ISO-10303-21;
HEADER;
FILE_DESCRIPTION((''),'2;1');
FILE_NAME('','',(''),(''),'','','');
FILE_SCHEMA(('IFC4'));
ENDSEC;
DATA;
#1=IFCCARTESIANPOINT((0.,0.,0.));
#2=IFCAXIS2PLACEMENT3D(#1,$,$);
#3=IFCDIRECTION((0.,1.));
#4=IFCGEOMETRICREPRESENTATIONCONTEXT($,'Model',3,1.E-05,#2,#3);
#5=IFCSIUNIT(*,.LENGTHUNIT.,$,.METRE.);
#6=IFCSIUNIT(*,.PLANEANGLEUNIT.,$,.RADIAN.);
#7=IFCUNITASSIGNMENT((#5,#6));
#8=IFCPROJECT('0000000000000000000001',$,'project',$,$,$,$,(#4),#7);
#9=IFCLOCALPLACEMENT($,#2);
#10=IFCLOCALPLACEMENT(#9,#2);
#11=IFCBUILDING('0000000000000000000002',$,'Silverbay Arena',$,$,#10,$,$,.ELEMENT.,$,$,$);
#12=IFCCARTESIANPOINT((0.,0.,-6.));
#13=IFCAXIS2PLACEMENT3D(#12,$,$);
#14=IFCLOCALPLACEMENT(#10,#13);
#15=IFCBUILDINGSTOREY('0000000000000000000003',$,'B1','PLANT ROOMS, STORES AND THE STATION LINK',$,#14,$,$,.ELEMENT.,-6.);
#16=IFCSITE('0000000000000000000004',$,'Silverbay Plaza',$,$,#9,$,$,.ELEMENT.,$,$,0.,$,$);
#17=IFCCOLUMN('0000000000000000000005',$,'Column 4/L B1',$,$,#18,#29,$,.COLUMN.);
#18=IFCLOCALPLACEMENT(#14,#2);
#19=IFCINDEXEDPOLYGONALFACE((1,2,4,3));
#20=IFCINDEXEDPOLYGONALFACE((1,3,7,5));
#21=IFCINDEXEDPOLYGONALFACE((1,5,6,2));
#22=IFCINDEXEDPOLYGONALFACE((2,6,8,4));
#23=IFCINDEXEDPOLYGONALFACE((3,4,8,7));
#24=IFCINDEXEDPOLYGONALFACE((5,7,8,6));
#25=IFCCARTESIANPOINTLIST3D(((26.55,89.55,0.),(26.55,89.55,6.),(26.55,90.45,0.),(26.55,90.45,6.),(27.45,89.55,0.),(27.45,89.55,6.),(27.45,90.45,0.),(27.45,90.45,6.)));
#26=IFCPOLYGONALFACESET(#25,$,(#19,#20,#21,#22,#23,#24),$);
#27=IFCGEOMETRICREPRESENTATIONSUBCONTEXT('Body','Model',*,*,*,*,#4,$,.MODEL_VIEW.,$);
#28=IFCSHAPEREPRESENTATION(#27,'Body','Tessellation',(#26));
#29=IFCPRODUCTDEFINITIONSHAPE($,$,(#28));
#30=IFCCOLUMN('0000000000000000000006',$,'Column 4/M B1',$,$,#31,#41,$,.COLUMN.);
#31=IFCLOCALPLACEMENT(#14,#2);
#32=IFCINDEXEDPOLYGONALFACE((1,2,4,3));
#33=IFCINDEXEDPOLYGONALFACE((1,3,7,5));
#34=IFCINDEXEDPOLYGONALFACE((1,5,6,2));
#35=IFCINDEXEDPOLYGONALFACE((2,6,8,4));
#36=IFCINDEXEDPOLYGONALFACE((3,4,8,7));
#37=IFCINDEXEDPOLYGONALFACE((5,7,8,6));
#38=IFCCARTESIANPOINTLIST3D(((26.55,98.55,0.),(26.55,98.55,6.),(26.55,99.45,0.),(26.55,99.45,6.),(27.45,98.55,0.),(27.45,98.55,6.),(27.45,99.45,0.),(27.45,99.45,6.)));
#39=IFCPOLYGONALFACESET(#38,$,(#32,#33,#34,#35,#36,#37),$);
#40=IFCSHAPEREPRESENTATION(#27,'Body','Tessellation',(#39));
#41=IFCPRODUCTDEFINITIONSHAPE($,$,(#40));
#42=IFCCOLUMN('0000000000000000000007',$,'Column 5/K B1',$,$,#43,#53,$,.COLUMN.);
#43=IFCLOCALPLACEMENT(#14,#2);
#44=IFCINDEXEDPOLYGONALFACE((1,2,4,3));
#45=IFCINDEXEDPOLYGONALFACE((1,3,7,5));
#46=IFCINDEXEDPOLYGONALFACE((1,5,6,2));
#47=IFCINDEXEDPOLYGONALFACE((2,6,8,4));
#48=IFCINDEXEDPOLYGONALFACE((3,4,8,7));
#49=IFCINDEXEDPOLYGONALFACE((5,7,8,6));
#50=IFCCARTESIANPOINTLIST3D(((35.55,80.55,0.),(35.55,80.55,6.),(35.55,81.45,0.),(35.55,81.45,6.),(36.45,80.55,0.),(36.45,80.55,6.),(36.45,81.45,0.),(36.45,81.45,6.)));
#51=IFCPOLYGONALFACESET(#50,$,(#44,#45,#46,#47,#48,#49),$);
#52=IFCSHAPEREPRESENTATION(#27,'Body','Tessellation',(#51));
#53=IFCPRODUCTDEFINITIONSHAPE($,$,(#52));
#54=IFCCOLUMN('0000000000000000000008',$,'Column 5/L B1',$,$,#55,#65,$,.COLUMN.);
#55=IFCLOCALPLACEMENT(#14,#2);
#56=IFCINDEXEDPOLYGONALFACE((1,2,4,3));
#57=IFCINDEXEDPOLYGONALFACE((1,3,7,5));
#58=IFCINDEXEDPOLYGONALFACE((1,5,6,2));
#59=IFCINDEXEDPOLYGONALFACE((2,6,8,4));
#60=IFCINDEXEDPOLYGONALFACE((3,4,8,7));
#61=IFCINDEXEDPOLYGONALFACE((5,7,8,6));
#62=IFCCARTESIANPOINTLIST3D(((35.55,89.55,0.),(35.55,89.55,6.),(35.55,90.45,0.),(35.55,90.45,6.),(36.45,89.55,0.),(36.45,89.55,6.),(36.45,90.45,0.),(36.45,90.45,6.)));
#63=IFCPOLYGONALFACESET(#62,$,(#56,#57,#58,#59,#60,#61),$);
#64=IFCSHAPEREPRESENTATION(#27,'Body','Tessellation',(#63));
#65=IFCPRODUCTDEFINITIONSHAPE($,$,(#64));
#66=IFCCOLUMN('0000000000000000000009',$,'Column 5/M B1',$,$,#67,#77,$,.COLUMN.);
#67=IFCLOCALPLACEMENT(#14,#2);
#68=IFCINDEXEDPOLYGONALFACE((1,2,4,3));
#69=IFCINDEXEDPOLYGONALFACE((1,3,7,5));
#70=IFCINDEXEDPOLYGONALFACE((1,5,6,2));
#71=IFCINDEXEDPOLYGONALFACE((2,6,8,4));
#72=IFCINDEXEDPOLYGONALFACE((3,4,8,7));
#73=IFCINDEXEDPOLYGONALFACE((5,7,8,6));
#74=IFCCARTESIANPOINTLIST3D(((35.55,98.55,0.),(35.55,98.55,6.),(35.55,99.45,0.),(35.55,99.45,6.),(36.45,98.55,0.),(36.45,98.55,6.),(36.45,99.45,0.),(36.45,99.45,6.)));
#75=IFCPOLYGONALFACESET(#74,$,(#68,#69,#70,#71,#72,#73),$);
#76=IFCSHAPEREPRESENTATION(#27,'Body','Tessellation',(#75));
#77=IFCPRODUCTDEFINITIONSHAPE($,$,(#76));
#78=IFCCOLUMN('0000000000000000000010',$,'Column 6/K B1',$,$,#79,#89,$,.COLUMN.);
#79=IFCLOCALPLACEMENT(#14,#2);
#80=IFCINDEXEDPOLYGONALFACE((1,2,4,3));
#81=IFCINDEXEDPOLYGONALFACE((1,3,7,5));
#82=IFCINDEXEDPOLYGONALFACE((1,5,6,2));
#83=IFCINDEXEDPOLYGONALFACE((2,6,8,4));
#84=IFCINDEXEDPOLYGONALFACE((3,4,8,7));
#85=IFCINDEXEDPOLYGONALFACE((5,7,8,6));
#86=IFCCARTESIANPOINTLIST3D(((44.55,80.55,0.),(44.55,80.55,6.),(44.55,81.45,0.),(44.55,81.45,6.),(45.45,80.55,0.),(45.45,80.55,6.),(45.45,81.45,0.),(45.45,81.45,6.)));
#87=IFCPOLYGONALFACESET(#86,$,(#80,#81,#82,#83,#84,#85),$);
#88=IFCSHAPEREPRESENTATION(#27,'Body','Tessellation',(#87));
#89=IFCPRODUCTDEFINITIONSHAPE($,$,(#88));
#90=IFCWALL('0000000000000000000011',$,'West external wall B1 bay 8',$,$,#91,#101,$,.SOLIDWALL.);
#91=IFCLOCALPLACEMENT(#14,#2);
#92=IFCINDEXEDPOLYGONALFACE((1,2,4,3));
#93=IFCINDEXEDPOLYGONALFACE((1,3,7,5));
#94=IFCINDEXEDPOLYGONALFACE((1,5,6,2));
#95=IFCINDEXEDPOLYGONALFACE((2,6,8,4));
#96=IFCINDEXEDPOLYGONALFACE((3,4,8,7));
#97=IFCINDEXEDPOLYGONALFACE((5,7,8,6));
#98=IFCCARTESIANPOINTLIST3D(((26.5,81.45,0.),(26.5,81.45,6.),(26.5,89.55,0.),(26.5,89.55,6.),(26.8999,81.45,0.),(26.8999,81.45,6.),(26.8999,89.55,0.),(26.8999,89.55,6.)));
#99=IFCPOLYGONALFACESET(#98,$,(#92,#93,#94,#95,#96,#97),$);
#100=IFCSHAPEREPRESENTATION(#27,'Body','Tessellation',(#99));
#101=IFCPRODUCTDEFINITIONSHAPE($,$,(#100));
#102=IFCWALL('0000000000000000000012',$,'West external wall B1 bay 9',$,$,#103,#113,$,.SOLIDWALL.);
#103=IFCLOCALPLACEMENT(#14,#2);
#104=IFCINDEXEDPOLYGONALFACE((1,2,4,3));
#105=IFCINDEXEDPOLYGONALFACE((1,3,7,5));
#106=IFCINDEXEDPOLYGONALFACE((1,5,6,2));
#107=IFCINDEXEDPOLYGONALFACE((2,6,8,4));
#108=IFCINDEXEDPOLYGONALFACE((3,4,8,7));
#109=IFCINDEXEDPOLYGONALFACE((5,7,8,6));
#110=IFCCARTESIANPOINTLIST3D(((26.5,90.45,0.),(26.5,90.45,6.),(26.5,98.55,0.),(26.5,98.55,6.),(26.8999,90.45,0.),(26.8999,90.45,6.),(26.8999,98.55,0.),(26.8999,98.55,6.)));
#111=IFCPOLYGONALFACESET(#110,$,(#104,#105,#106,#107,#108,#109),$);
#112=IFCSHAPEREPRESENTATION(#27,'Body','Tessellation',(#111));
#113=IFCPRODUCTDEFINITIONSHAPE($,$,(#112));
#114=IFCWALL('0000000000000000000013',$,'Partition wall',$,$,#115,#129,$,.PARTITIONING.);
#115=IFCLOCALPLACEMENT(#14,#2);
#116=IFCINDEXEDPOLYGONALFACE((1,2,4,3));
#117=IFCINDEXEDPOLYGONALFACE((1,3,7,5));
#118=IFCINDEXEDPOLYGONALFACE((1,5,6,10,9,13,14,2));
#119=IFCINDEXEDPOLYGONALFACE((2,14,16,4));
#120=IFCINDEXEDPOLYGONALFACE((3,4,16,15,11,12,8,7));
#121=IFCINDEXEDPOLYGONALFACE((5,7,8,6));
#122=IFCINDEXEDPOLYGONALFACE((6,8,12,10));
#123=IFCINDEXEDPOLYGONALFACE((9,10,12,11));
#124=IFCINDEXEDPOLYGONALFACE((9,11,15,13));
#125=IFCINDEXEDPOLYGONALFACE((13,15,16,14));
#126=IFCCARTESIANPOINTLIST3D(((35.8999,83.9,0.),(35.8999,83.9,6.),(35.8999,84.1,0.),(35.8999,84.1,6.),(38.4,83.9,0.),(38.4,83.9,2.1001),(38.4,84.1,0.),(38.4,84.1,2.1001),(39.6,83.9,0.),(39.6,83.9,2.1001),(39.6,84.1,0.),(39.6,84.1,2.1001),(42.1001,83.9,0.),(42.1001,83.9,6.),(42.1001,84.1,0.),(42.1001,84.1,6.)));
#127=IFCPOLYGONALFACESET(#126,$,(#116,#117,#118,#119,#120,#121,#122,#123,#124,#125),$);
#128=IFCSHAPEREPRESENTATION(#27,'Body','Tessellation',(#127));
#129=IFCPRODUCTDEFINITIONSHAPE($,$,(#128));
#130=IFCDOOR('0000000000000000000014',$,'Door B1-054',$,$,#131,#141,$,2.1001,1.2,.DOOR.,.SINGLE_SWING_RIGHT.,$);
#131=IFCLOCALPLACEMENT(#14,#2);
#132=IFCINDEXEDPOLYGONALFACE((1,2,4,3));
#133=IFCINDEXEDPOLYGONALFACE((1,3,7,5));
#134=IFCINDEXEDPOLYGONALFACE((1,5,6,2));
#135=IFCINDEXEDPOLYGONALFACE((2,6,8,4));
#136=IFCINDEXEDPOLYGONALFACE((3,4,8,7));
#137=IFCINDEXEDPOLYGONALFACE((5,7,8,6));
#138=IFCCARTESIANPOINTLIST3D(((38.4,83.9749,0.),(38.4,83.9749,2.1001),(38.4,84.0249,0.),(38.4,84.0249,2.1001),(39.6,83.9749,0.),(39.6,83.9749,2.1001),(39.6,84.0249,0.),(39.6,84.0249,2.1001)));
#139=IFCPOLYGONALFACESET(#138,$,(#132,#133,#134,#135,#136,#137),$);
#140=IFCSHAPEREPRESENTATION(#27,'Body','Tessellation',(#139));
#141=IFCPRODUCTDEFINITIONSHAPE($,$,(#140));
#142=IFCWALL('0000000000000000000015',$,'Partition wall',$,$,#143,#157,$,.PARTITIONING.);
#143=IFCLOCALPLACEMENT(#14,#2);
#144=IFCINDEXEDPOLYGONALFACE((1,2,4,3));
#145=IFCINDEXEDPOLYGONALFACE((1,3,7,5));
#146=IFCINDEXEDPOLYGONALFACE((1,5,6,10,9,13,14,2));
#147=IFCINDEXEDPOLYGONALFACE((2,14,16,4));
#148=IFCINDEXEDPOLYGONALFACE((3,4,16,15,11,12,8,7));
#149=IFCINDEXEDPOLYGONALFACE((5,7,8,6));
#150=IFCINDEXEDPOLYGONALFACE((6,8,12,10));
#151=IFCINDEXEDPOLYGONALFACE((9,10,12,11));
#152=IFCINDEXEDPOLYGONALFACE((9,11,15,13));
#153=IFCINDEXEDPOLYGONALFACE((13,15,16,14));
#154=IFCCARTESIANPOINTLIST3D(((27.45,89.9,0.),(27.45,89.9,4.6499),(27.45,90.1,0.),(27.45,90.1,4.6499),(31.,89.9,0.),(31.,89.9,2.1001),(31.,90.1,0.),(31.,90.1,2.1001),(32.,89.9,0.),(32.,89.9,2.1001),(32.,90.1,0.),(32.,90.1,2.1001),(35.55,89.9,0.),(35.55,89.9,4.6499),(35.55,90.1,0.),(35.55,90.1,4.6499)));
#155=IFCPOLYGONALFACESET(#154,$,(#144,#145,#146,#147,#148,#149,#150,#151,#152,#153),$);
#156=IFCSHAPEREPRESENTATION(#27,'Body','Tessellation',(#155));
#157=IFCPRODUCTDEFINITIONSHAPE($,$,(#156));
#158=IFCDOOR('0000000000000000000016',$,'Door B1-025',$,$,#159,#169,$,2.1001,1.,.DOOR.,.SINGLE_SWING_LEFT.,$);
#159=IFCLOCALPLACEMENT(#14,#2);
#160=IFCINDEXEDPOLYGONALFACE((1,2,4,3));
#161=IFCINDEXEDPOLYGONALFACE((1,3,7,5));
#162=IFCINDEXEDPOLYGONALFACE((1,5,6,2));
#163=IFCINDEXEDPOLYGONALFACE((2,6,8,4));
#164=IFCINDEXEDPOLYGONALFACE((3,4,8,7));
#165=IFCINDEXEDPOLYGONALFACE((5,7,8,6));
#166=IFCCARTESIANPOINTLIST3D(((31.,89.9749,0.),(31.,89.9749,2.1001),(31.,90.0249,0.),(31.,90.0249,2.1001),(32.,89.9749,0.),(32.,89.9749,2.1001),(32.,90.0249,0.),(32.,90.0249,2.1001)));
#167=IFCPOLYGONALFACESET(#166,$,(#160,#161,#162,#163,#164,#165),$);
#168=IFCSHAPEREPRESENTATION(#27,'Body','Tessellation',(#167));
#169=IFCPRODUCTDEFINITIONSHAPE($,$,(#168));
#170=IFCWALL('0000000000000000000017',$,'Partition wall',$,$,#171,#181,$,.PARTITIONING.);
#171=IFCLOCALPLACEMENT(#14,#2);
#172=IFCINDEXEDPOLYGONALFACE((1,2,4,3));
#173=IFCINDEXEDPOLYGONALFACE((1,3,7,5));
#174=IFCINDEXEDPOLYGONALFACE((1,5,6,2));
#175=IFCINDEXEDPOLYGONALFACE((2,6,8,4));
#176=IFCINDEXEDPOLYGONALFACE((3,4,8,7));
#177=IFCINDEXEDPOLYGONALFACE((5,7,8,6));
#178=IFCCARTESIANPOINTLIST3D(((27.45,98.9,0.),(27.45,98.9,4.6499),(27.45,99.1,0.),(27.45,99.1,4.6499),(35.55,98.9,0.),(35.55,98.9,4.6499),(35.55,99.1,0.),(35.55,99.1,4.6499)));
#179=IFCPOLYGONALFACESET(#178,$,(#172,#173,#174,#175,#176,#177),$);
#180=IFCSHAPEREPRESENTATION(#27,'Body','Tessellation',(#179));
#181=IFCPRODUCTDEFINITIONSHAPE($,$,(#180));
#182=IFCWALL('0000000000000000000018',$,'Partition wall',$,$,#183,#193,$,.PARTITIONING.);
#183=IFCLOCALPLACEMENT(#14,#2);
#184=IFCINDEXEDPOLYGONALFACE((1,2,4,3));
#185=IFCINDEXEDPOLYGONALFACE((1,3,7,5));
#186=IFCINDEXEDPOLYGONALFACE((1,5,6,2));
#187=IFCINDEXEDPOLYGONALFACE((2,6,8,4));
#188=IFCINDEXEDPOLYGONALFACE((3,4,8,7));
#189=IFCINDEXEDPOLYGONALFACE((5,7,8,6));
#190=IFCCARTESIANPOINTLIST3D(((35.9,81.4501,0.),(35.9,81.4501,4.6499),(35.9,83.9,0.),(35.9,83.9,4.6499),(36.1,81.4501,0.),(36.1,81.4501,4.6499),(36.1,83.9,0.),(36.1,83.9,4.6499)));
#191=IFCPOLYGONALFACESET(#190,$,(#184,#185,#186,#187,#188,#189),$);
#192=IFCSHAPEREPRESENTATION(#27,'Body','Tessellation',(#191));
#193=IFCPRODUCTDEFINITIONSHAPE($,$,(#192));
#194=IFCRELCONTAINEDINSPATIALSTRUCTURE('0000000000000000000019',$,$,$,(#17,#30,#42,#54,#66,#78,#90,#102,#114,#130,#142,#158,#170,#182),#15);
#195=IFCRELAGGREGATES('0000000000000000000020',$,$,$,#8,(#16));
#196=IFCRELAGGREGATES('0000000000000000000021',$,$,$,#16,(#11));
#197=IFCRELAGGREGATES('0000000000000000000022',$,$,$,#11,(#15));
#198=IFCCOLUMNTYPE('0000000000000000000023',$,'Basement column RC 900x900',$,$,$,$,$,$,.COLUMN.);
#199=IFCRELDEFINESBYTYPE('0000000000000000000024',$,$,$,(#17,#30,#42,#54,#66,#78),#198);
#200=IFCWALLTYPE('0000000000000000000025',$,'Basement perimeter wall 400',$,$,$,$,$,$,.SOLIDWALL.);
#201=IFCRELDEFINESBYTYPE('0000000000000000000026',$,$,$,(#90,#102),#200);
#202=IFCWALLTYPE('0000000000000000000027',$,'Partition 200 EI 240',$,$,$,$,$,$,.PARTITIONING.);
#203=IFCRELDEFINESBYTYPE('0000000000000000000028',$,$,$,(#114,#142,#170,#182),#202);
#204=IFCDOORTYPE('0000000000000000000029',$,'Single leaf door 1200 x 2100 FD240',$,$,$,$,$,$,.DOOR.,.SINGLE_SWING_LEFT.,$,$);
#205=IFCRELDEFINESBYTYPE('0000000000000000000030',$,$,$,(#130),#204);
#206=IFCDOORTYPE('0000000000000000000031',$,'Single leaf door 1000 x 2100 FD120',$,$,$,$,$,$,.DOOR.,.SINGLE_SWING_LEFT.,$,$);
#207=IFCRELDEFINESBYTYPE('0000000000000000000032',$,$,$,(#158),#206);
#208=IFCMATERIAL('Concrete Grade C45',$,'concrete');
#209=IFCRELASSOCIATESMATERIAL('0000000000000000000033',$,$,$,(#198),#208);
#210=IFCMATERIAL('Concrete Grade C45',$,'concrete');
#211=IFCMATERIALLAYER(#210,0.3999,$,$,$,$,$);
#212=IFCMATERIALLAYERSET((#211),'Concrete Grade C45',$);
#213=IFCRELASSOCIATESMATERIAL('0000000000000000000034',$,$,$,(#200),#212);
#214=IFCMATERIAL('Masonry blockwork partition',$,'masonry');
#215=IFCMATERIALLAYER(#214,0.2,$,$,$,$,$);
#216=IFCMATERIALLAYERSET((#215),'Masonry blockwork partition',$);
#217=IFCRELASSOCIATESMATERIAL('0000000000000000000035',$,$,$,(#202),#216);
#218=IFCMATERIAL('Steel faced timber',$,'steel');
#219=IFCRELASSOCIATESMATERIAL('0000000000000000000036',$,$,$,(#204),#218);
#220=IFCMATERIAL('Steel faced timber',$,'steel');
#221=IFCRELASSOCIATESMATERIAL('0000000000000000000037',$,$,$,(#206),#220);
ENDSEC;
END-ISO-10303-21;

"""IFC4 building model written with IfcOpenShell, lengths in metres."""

from ifc_helpers import new_model, si_unit, direction, frame, frame_2d, origin, origin_2d, place, context, subcontext, project, spatial, rectangle, extrude, material, layer, layer_set, material_profile, profile_set, type_object, element, fill, save


model = new_model("IFC4")

# Units and contexts
model_context = context("Model", 3, precision=1e-05, world=origin(), true_north=direction((0.0, 1.0)))
body_context = subcontext(model_context, "Body", "Model", "MODEL_VIEW")
ifc_project = project(units=[si_unit("LENGTHUNIT", "METRE"), si_unit("PLANEANGLEUNIT", "RADIAN")], contexts=[model_context])

# Site, building, storey
site_placement = place(None, origin())
site = spatial("IfcSite", under=ifc_project, at=site_placement, Name="Silverbay Plaza", CompositionType="ELEMENT", RefElevation=0.0)
building_placement = place(site_placement, origin())
building = spatial("IfcBuilding", under=site, at=building_placement, Name="Silverbay Arena", CompositionType="ELEMENT")
storey_placement = place(building_placement, frame((0.0, 0.0, -6.0)))
storey = spatial("IfcBuildingStorey", under=building, at=storey_placement, Name="B1", Description="PLANT ROOMS, STORES AND THE STATION LINK", CompositionType="ELEMENT", Elevation=-6.0)

# Columns
ifc_material_1 = material(Name="Concrete Grade C45", Category="concrete")
ifc_material_profile_1 = material_profile(ifc_material_1, rectangle(XDim=0.8999, YDim=0.8999, at=origin_2d()), Name="RC 900x900")
ifc_profile_set_1 = profile_set([ifc_material_profile_1], Name="Concrete Grade C45")
column_type = type_object("IfcColumnType", Name="Basement column RC 900x900", PredefinedType="COLUMN", material=ifc_profile_set_1)
for number, where, z_axis, x_axis, name in (
    (1, (27.0, 90.0, 0.0), (0.0, 0.0, 1.0), (1.0, 0.0, 0.0), "Column 4/L B1"),
    (2, (27.0, 99.0, 0.0), (0.0, 0.0, 1.0), (1.0, 0.0, 0.0), "Column 4/M B1"),
    (3, (36.0, 81.0, 0.0), (0.0, 0.0, 1.0), (1.0, 0.0, 0.0), "Column 5/K B1"),
    (4, (36.0, 90.0, 0.0), (0.0, 0.0, 1.0), (1.0, 0.0, 0.0), "Column 5/L B1"),
    (5, (36.0, 99.0, 0.0), (0.0, 0.0, 1.0), (1.0, 0.0, 0.0), "Column 5/M B1"),
    (6, (45.0, 81.0, 0.0), (0.0, 0.0, 1.0), (1.0, 0.0, 0.0), "Column 6/K B1"),
):
    element("IfcColumn", number, at=place(storey_placement, frame(where, z_axis=z_axis, x_axis=x_axis)), inside=storey, type_object=column_type, Name=name, PredefinedType="COLUMN", context=body_context, shape_type="SweptSolid", body=[
        extrude(rectangle(XDim=0.8999, YDim=0.8999, at=origin_2d()), origin(), (0.0, 0.0, 1.0), 6.0),
    ])

# Walls
ifc_material_2 = material(Name="Concrete Grade C45", Category="concrete")
ifc_layer_1 = layer(ifc_material_2, 0.3999)
ifc_layer_set_1 = layer_set([ifc_layer_1], Name="Concrete Grade C45")
wall_type_1 = type_object("IfcWallType", Name="Basement perimeter wall 400", PredefinedType="SOLIDWALL", material=ifc_layer_set_1)
for number, where, z_axis, x_axis, name in (
    (7, (26.7, 89.55, 0.0), (0.0, 0.0, 1.0), (0.0, -1.0, 0.0), "West external wall B1 bay 8"),
    (8, (26.7, 98.55, 0.0), (0.0, 0.0, 1.0), (0.0, -1.0, 0.0), "West external wall B1 bay 9"),
):
    element("IfcWall", number, at=place(storey_placement, frame(where, z_axis=z_axis, x_axis=x_axis)), inside=storey, type_object=wall_type_1, Name=name, PredefinedType="SOLIDWALL", context=body_context, shape_type="SweptSolid", body=[
        extrude(rectangle(XDim=8.1001, YDim=0.3999, at=frame_2d((4.05, 0.0))), origin(), (0.0, 0.0, 1.0), 6.0),
    ])

# Walls, openings, doors
ifc_material_3 = material(Name="Masonry blockwork partition", Category="masonry")
ifc_layer_2 = layer(ifc_material_3, 0.2)
ifc_layer_set_2 = layer_set([ifc_layer_2], Name="Masonry blockwork partition")
wall_type_2 = type_object("IfcWallType", Name="Partition 200 EI 240", PredefinedType="PARTITIONING", material=ifc_layer_set_2)
wall_1_placement = place(storey_placement, frame((35.8999, 84.0, 0.0), z_axis=(0.0, 0.0, 1.0), x_axis=(1.0, 0.0, 0.0)))
wall_1 = element("IfcWall", 9, at=wall_1_placement, inside=storey, type_object=wall_type_2, Name="Partition wall", PredefinedType="PARTITIONING", context=body_context, shape_type="SweptSolid", body=[
    extrude(rectangle(XDim=6.2002, YDim=0.2, at=frame_2d((3.1001, 0.0))), origin(), (0.0, 0.0, 1.0), 6.0),
])
opening_1_placement = place(wall_1_placement, frame((2.5, 0.0, 0.0)))
opening_1 = element("IfcOpeningElement", 10, at=opening_1_placement, cuts=wall_1, PredefinedType="OPENING", context=body_context, shape_type="SweptSolid", body=[
    extrude(rectangle(XDim=1.2, YDim=2.1001, at=frame_2d((0.6001, 1.05))), frame((0.0, 0.1099, 0.0), z_axis=(0.0, -1.0, 0.0), x_axis=(1.0, 0.0, 0.0)), (0.0, 0.0, 1.0), 0.22),
])
ifc_material_4 = material(Name="Steel faced timber", Category="steel")
door_type_1 = type_object("IfcDoorType", Name="Single leaf door 1200 x 2100 FD240", OperationType="SINGLE_SWING_LEFT", PredefinedType="DOOR", material=ifc_material_4)
door_1_placement = place(opening_1_placement, origin())
door_1 = element("IfcDoor", 11, at=door_1_placement, inside=storey, type_object=door_type_1, Name="Door B1-054", OperationType="SINGLE_SWING_RIGHT", OverallHeight=2.1001, OverallWidth=1.2, PredefinedType="DOOR", context=body_context, shape_type="SweptSolid", body=[
    extrude(rectangle(XDim=1.2, YDim=2.1001, at=frame_2d((0.6001, 1.05))), frame((0.0, 0.0249, 0.0), z_axis=(0.0, -1.0, 0.0), x_axis=(1.0, 0.0, 0.0)), (0.0, 0.0, 1.0), 0.05),
])
fill(opening_1, door_1)
wall_2_placement = place(storey_placement, frame((27.45, 90.0, 0.0), z_axis=(0.0, 0.0, 1.0), x_axis=(1.0, 0.0, 0.0)))
wall_2 = element("IfcWall", 12, at=wall_2_placement, inside=storey, type_object=wall_type_2, Name="Partition wall", PredefinedType="PARTITIONING", context=body_context, shape_type="SweptSolid", body=[
    extrude(rectangle(XDim=8.1001, YDim=0.2, at=frame_2d((4.05, 0.0))), origin(), (0.0, 0.0, 1.0), 4.6499),
])
opening_2_placement = place(wall_2_placement, frame((3.55, 0.0, 0.0)))
opening_2 = element("IfcOpeningElement", 13, at=opening_2_placement, cuts=wall_2, PredefinedType="OPENING", context=body_context, shape_type="SweptSolid", body=[
    extrude(rectangle(XDim=1.0, YDim=2.1001, at=frame_2d((0.5, 1.05))), frame((0.0, 0.1099, 0.0), z_axis=(0.0, -1.0, 0.0), x_axis=(1.0, 0.0, 0.0)), (0.0, 0.0, 1.0), 0.22),
])
ifc_material_5 = material(Name="Steel faced timber", Category="steel")
door_type_2 = type_object("IfcDoorType", Name="Single leaf door 1000 x 2100 FD120", OperationType="SINGLE_SWING_LEFT", PredefinedType="DOOR", material=ifc_material_5)
door_2_placement = place(opening_2_placement, origin())
door_2 = element("IfcDoor", 14, at=door_2_placement, inside=storey, type_object=door_type_2, Name="Door B1-025", OperationType="SINGLE_SWING_LEFT", OverallHeight=2.1001, OverallWidth=1.0, PredefinedType="DOOR", context=body_context, shape_type="SweptSolid", body=[
    extrude(rectangle(XDim=1.0, YDim=2.1001, at=frame_2d((0.5, 1.05))), frame((0.0, 0.0249, 0.0), z_axis=(0.0, -1.0, 0.0), x_axis=(1.0, 0.0, 0.0)), (0.0, 0.0, 1.0), 0.05),
])
fill(opening_2, door_2)

# Walls
wall_3_placement = place(storey_placement, frame((27.45, 99.0, 0.0), z_axis=(0.0, 0.0, 1.0), x_axis=(1.0, 0.0, 0.0)))
element("IfcWall", 15, at=wall_3_placement, inside=storey, type_object=wall_type_2, Name="Partition wall", PredefinedType="PARTITIONING", context=body_context, shape_type="SweptSolid", body=[
    extrude(rectangle(XDim=8.1001, YDim=0.2, at=frame_2d((4.05, 0.0))), origin(), (0.0, 0.0, 1.0), 4.6499),
])
wall_4_placement = place(storey_placement, frame((36.0, 81.45, 0.0), z_axis=(0.0, 0.0, 1.0), x_axis=(0.0, 1.0, 0.0)))
element("IfcWall", 16, at=wall_4_placement, inside=storey, type_object=wall_type_2, Name="Partition wall", PredefinedType="PARTITIONING", context=body_context, shape_type="SweptSolid", body=[
    extrude(rectangle(XDim=2.45, YDim=0.2, at=frame_2d((1.2251, 0.0))), origin(), (0.0, 0.0, 1.0), 4.6499),
])

save(model, "model.ifc")
